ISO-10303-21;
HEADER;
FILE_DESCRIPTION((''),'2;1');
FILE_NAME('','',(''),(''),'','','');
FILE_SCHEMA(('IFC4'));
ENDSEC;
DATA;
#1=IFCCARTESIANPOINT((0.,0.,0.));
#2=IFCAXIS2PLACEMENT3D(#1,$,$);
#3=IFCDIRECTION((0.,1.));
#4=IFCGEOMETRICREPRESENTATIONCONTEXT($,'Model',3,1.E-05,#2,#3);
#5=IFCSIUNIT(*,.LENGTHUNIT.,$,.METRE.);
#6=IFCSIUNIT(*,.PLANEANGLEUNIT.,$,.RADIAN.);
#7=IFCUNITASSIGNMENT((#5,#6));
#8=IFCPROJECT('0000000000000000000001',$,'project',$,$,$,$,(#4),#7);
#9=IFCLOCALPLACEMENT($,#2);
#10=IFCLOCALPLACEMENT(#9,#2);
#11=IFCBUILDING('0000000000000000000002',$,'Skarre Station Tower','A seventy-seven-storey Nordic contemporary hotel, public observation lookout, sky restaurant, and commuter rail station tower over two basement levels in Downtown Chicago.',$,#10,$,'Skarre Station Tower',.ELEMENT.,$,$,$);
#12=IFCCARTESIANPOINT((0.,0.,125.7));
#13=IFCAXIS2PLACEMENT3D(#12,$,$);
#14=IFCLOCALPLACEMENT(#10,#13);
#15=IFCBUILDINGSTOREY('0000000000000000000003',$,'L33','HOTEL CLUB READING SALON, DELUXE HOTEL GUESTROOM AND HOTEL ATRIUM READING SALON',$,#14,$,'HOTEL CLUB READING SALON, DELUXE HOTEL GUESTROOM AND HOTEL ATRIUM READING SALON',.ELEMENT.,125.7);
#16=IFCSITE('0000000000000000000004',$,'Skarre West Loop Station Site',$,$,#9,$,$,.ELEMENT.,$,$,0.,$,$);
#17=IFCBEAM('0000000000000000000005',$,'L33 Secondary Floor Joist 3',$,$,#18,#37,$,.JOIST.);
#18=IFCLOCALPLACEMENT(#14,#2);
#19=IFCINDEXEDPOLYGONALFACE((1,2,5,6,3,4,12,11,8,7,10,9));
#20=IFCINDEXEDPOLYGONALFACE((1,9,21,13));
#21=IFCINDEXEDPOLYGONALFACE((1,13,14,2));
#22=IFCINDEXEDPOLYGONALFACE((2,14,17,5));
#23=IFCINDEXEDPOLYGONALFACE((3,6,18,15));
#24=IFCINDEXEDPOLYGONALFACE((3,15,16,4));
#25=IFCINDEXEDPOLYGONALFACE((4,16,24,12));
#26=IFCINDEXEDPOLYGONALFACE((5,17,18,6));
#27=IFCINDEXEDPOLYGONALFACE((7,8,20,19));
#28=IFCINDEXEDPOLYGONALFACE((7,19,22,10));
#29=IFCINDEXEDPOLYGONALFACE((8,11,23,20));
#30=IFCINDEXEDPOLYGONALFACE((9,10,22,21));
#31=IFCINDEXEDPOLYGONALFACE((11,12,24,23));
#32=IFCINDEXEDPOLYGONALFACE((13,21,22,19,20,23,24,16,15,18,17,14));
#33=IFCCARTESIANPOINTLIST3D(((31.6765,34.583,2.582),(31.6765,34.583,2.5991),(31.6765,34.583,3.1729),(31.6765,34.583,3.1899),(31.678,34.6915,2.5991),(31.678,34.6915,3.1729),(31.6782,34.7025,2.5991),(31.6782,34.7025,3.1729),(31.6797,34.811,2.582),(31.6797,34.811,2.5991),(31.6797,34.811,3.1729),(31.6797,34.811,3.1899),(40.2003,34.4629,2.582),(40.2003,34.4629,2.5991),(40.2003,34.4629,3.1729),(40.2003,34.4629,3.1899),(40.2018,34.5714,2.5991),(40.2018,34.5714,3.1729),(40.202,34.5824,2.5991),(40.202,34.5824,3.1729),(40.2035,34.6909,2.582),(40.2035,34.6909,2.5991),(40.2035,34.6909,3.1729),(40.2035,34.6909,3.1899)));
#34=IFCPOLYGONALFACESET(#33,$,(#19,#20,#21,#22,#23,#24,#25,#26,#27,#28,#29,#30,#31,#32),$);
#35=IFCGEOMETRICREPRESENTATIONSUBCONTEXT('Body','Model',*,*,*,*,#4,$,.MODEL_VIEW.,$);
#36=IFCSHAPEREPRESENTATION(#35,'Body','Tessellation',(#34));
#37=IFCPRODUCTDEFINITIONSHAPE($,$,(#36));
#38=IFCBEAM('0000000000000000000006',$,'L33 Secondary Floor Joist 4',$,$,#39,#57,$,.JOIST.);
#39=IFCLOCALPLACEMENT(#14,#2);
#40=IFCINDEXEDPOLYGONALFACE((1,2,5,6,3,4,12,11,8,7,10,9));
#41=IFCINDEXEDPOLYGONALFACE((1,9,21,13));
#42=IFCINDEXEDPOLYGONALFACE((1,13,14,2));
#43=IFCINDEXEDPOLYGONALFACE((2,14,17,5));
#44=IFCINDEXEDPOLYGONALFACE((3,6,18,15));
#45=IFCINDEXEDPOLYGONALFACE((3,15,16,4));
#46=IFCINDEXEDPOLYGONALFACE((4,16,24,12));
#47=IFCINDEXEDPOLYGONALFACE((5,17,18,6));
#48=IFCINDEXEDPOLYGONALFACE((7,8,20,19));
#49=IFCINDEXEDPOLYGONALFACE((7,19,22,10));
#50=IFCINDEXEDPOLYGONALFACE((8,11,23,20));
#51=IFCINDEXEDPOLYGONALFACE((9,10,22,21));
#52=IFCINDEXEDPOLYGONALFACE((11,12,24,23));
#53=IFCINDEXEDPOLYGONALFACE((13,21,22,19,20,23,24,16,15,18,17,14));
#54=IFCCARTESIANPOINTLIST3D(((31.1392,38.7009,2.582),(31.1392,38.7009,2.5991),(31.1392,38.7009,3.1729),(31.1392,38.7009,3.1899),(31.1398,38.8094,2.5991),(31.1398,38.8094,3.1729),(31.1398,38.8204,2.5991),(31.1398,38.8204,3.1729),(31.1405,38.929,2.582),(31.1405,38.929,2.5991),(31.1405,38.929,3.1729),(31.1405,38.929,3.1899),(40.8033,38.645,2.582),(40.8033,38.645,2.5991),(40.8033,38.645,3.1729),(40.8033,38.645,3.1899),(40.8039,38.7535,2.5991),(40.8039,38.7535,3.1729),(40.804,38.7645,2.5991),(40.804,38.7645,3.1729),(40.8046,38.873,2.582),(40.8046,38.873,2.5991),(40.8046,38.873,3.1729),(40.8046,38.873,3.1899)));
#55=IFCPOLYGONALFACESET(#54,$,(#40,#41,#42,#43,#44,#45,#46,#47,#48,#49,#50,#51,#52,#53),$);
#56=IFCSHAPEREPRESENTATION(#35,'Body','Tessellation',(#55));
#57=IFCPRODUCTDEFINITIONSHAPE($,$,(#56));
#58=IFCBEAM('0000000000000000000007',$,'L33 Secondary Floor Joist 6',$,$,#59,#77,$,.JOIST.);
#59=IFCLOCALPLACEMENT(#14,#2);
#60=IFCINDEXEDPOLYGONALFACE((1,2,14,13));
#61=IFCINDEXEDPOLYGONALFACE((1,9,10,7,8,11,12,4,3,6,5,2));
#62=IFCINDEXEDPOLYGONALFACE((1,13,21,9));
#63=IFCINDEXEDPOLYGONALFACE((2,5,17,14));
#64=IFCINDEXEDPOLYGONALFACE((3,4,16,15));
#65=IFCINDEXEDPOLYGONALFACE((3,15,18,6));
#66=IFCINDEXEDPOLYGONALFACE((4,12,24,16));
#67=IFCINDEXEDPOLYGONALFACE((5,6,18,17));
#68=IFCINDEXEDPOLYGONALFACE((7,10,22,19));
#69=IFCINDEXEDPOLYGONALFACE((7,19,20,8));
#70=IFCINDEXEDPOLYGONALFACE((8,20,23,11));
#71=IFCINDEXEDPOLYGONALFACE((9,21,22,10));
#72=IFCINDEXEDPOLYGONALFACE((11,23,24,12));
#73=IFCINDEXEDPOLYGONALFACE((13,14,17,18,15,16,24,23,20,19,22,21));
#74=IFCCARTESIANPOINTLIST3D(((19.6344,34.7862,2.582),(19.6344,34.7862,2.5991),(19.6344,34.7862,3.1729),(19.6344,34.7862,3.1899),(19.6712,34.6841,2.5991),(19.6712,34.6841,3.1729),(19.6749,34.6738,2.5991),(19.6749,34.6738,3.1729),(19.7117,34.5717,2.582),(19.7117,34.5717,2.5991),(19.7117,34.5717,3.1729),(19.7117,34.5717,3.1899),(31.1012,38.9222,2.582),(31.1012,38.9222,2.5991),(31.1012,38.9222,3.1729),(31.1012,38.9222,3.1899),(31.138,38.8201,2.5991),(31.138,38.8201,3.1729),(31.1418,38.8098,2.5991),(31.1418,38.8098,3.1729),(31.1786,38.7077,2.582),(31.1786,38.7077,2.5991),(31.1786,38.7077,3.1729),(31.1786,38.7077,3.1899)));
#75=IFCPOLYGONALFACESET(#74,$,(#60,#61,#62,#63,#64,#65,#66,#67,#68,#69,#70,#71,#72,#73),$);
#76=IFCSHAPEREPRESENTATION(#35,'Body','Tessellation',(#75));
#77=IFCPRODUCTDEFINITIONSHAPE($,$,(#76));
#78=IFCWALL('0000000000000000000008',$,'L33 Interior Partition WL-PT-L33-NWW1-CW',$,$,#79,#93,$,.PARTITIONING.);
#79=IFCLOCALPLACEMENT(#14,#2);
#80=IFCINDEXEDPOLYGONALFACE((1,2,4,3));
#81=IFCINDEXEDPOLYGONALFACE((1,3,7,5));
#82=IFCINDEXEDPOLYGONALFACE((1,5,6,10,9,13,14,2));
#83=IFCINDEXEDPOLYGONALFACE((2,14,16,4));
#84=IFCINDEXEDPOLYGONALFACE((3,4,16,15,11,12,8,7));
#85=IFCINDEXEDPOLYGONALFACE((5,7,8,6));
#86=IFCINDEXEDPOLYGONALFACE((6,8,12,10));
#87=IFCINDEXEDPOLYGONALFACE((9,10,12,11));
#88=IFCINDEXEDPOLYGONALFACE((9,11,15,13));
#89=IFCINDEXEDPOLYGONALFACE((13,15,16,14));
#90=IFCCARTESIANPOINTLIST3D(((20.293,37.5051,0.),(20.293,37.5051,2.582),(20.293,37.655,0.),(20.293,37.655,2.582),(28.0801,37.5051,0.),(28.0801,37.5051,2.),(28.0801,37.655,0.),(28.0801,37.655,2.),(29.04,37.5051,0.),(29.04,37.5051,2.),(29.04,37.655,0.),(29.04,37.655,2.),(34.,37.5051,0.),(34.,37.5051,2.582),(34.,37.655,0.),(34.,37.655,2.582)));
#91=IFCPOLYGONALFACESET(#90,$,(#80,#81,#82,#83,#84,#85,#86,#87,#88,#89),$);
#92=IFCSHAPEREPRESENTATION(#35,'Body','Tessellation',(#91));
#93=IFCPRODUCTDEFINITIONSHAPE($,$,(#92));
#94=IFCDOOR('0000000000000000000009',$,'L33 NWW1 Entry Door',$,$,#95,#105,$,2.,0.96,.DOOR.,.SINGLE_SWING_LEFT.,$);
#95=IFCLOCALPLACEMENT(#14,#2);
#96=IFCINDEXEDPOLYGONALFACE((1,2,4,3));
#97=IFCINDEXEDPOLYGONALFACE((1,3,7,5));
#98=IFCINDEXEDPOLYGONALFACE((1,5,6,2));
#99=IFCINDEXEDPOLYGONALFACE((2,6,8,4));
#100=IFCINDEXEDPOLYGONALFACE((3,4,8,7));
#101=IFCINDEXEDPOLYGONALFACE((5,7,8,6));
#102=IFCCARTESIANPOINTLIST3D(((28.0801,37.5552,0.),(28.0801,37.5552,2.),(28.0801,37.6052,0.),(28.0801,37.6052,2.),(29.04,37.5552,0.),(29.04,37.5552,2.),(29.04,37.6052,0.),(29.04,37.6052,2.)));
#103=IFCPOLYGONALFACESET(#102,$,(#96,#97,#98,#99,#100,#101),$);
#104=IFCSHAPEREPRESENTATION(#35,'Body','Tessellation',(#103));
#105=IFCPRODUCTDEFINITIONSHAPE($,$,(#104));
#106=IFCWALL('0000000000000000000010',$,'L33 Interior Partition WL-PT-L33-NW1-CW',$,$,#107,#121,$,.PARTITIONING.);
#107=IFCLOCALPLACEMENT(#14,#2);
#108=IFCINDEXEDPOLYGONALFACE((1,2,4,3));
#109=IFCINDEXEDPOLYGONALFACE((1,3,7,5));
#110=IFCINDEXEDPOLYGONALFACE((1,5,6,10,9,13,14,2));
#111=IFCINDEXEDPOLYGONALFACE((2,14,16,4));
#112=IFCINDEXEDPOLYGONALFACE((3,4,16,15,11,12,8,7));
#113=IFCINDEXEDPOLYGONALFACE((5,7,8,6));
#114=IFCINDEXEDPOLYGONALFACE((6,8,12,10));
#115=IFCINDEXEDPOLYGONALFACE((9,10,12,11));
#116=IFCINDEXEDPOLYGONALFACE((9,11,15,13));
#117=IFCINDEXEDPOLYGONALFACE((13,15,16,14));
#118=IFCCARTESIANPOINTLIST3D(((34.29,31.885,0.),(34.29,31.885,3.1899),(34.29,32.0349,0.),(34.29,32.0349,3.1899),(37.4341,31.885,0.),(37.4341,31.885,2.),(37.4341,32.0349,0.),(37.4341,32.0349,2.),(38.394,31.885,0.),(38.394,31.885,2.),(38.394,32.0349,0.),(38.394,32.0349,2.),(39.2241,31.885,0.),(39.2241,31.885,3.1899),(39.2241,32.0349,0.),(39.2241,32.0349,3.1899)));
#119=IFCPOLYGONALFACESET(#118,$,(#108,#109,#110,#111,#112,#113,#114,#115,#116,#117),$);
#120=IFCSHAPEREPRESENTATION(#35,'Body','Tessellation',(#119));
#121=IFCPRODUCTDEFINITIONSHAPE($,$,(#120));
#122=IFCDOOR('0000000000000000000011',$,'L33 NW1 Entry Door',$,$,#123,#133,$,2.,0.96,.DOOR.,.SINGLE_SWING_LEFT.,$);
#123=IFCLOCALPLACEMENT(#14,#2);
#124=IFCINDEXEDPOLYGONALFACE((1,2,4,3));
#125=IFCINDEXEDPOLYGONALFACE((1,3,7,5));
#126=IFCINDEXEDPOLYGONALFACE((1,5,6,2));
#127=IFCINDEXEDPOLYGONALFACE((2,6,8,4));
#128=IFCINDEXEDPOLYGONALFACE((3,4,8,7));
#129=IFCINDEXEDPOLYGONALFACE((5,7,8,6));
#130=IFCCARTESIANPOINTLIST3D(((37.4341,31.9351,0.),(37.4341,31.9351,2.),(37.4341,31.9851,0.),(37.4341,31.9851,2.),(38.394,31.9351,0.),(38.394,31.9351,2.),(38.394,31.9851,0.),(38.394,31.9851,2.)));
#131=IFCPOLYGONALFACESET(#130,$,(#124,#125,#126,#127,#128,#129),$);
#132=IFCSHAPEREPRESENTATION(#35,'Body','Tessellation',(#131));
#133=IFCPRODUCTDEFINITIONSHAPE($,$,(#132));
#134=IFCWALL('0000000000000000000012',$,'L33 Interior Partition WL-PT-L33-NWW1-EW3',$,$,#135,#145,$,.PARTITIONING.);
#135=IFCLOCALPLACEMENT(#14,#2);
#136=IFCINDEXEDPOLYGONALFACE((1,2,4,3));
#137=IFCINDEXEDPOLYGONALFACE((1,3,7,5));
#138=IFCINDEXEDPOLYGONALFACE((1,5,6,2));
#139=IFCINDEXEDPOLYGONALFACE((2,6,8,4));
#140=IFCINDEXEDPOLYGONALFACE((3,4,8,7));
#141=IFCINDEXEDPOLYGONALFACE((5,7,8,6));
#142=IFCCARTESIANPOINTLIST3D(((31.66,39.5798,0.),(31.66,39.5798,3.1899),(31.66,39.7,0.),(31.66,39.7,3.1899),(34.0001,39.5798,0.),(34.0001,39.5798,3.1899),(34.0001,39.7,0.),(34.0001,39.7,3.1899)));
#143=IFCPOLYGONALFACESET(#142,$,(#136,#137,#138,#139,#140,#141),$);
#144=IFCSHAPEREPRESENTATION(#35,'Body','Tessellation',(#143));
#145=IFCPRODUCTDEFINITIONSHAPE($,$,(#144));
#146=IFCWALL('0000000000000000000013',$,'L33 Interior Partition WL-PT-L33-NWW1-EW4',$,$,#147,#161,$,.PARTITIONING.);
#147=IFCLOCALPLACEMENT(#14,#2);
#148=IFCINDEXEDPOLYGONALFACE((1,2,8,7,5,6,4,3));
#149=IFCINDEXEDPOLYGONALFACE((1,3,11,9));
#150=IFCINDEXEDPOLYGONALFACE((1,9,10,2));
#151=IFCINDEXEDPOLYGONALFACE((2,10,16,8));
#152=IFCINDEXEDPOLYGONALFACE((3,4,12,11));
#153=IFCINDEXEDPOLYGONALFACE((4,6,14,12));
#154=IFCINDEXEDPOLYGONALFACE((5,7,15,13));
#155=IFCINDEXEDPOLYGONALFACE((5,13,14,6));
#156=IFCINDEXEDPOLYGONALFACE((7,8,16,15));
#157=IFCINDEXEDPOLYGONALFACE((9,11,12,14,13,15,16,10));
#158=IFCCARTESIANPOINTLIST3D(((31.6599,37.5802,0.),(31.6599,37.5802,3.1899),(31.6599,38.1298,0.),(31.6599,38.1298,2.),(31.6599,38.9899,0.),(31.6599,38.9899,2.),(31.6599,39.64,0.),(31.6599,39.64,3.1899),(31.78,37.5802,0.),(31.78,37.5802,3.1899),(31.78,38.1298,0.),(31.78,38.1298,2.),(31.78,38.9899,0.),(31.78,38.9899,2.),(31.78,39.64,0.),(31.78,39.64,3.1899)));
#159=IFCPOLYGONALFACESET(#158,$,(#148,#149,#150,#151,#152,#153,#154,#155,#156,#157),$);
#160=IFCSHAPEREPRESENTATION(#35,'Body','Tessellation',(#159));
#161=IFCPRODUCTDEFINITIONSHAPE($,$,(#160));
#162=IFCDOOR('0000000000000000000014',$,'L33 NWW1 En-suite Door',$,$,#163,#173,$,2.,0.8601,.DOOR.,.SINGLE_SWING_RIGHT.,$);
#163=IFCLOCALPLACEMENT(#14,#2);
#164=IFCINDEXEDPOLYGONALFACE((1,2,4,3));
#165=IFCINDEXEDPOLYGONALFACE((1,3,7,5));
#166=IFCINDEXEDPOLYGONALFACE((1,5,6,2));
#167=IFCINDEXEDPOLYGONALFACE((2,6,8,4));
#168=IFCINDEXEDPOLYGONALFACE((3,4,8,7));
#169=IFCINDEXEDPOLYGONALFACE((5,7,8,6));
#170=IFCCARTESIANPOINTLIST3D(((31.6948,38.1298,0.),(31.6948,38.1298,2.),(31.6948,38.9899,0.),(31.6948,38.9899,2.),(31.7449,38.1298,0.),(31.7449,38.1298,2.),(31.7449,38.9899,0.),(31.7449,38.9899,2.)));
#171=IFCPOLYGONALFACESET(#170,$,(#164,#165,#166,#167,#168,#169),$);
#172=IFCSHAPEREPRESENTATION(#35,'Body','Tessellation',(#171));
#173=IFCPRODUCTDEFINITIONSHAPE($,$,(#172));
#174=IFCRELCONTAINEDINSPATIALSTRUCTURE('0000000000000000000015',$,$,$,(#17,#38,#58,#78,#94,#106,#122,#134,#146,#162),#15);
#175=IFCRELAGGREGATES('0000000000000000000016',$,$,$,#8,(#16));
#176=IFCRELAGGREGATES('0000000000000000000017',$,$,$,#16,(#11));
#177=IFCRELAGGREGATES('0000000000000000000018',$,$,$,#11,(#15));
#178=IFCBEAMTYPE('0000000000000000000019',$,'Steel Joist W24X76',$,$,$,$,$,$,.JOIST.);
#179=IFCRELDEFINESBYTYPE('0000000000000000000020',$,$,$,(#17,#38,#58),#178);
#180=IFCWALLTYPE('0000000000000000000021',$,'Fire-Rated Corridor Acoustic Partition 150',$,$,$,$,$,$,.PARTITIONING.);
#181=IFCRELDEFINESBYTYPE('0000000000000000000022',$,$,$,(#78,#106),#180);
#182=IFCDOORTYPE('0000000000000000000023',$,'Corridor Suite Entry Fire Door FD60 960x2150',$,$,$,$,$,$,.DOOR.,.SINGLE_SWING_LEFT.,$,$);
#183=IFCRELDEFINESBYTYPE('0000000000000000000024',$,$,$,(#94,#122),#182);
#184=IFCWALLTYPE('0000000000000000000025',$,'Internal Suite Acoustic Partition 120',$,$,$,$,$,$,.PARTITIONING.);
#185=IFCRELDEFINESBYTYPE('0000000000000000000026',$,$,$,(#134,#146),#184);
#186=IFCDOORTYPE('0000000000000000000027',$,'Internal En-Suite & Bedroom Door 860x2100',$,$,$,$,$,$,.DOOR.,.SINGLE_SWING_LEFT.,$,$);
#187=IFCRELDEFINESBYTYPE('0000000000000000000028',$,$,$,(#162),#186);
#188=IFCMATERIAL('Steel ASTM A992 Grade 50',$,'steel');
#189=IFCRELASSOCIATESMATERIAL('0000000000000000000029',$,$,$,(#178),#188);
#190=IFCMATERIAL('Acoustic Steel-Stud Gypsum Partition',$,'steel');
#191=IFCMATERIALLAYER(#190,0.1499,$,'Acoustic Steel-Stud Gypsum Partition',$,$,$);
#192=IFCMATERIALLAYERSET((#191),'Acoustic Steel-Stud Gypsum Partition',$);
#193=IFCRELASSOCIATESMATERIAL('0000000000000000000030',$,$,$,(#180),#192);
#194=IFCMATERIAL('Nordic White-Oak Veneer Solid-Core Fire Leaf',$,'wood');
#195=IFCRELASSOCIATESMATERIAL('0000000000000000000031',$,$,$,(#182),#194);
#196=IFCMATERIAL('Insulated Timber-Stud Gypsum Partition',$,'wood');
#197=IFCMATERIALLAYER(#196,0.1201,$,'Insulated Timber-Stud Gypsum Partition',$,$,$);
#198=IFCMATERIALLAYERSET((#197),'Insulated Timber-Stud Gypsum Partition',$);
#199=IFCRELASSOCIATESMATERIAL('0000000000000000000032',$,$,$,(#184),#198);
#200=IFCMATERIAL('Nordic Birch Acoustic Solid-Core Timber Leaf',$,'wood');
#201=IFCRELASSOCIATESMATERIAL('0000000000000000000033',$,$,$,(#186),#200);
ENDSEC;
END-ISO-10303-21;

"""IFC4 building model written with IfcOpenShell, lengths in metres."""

from ifc_helpers import new_model, si_unit, direction, frame, frame_2d, origin, origin_2d, place, context, subcontext, project, spatial, rectangle, i_section, extrude, material, layer, layer_set, material_profile, profile_set, type_object, element, fill, save


model = new_model("IFC4")

# Units and contexts
model_context = context("Model", 3, precision=1e-05, world=origin(), true_north=direction((0.0, 1.0)))
body_context = subcontext(model_context, "Body", "Model", "MODEL_VIEW")
ifc_project = project(units=[si_unit("LENGTHUNIT", "METRE"), si_unit("PLANEANGLEUNIT", "RADIAN")], contexts=[model_context])

# Site, building, storey
site_placement = place(None, origin())
site = spatial("IfcSite", under=ifc_project, at=site_placement, Name="Skarre West Loop Station Site", CompositionType="ELEMENT", RefElevation=0.0)
building_placement = place(site_placement, origin())
building = spatial("IfcBuilding", under=site, at=building_placement, Name="Skarre Station Tower", Description="A seventy-seven-storey Nordic contemporary hotel, public observation lookout, sky restaurant, and commuter rail station tower over two basement levels in Downtown Chicago.", LongName="Skarre Station Tower", CompositionType="ELEMENT")
storey_placement = place(building_placement, frame((0.0, 0.0, 125.7)))
storey = spatial("IfcBuildingStorey", under=building, at=storey_placement, Name="L33", Description="HOTEL CLUB READING SALON, DELUXE HOTEL GUESTROOM AND HOTEL ATRIUM READING SALON", LongName="HOTEL CLUB READING SALON, DELUXE HOTEL GUESTROOM AND HOTEL ATRIUM READING SALON", CompositionType="ELEMENT", Elevation=125.7)

# Beams
ifc_material_1 = material(Name="Steel ASTM A992 Grade 50", Category="steel")
ifc_material_profile = material_profile(ifc_material_1, i_section(OverallWidth=0.228, OverallDepth=0.6079, WebThickness=0.011, FlangeThickness=0.0171, at=origin_2d()), Name="Steel ASTM A992 Grade 50")
ifc_profile_set = profile_set([ifc_material_profile], Name="Steel ASTM A992 Grade 50")
beam_type = type_object("IfcBeamType", Name="Steel Joist W24X76", PredefinedType="JOIST", material=ifc_profile_set)
beam_1_placement = place(storey_placement, frame((40.2019, 34.5769, 2.886), z_axis=(-0.999901, 0.01409, 0.0), x_axis=(-0.01409, -0.999901, 0.0)))
element("IfcBeam", 1, at=beam_1_placement, inside=storey, type_object=beam_type, Name="L33 Secondary Floor Joist 3", PredefinedType="JOIST", context=body_context, shape_type="SweptSolid", body=[
    extrude(i_section(OverallWidth=0.228, OverallDepth=0.6079, WebThickness=0.011, FlangeThickness=0.0171, at=origin_2d()), origin(), (0.0, 0.0, 1.0), 8.5247),
])
beam_2_placement = place(storey_placement, frame((40.804, 38.759, 2.886), z_axis=(-0.999983, 0.005785, 0.0), x_axis=(-0.005785, -0.999983, 0.0)))
element("IfcBeam", 2, at=beam_2_placement, inside=storey, type_object=beam_type, Name="L33 Secondary Floor Joist 4", PredefinedType="JOIST", context=body_context, shape_type="SweptSolid", body=[
    extrude(i_section(OverallWidth=0.228, OverallDepth=0.6079, WebThickness=0.011, FlangeThickness=0.0171, at=origin_2d()), origin(), (0.0, 0.0, 1.0), 9.6643),
])
beam_3_placement = place(storey_placement, frame((31.1399, 38.8149, 2.886), z_axis=(-0.94068, -0.339296, 0.0), x_axis=(0.339296, -0.94068, 0.0)))
element("IfcBeam", 3, at=beam_3_placement, inside=storey, type_object=beam_type, Name="L33 Secondary Floor Joist 6", PredefinedType="JOIST", context=body_context, shape_type="SweptSolid", body=[
    extrude(i_section(OverallWidth=0.228, OverallDepth=0.6079, WebThickness=0.011, FlangeThickness=0.0171, at=origin_2d()), origin(), (0.0, 0.0, 1.0), 12.1899),
])

# Walls, openings, doors
ifc_material_2 = material(Name="Acoustic Steel-Stud Gypsum Partition", Category="steel")
ifc_layer_1 = layer(ifc_material_2, 0.1499, Name="Acoustic Steel-Stud Gypsum Partition")
ifc_layer_set_1 = layer_set([ifc_layer_1], Name="Acoustic Steel-Stud Gypsum Partition")
wall_type_1 = type_object("IfcWallType", Name="Fire-Rated Corridor Acoustic Partition 150", PredefinedType="PARTITIONING", material=ifc_layer_set_1)
wall_1_placement = place(storey_placement, frame((34.0, 37.5801, 0.0), z_axis=(0.0, 0.0, 1.0), x_axis=(-1.0, 0.0, 0.0)))
wall_1 = element("IfcWall", 4, at=wall_1_placement, inside=storey, type_object=wall_type_1, Name="L33 Interior Partition WL-PT-L33-NWW1-CW", PredefinedType="PARTITIONING", context=body_context, shape_type="SweptSolid", body=[
    extrude(rectangle(XDim=13.707, YDim=0.1499, at=frame_2d((6.8535, 0.0))), origin(), (0.0, 0.0, 1.0), 2.582),
])
opening_1_placement = place(wall_1_placement, frame((4.96, 0.0, 0.0)))
opening_1 = element("IfcOpeningElement", 5, at=opening_1_placement, cuts=wall_1, PredefinedType="OPENING", context=body_context, shape_type="SweptSolid", body=[
    extrude(rectangle(XDim=0.96, YDim=2.0, at=frame_2d((0.48, 1.0))), frame((0.0, 0.085, 0.0), z_axis=(0.0, -1.0, 0.0), x_axis=(1.0, 0.0, 0.0)), (0.0, 0.0, 1.0), 0.1699),
])
ifc_material_3 = material(Name="Nordic White-Oak Veneer Solid-Core Fire Leaf", Category="wood")
door_type_1 = type_object("IfcDoorType", Name="Corridor Suite Entry Fire Door FD60 960x2150", OperationType="SINGLE_SWING_LEFT", PredefinedType="DOOR", material=ifc_material_3)
door_1_placement = place(opening_1_placement, origin())
door_1 = element("IfcDoor", 6, at=door_1_placement, inside=storey, type_object=door_type_1, Name="L33 NWW1 Entry Door", OperationType="SINGLE_SWING_LEFT", OverallHeight=2.0, OverallWidth=0.96, PredefinedType="DOOR", context=body_context, shape_type="SweptSolid", body=[
    extrude(rectangle(XDim=0.96, YDim=2.0, at=frame_2d((0.48, 1.0))), frame((0.0, 0.0249, 0.0), z_axis=(0.0, -1.0, 0.0), x_axis=(1.0, 0.0, 0.0)), (0.0, 0.0, 1.0), 0.05),
])
fill(opening_1, door_1)
wall_2_placement = place(storey_placement, frame((39.2241, 31.96, 0.0), z_axis=(0.0, 0.0, 1.0), x_axis=(-1.0, 0.0, 0.0)))
wall_2 = element("IfcWall", 7, at=wall_2_placement, inside=storey, type_object=wall_type_1, Name="L33 Interior Partition WL-PT-L33-NW1-CW", PredefinedType="PARTITIONING", context=body_context, shape_type="SweptSolid", body=[
    extrude(rectangle(XDim=4.9341, YDim=0.1499, at=frame_2d((2.467, 0.0))), origin(), (0.0, 0.0, 1.0), 3.1899),
])
opening_2_placement = place(wall_2_placement, frame((0.8301, 0.0, 0.0)))
opening_2 = element("IfcOpeningElement", 8, at=opening_2_placement, cuts=wall_2, PredefinedType="OPENING", context=body_context, shape_type="SweptSolid", body=[
    extrude(rectangle(XDim=0.96, YDim=2.0, at=frame_2d((0.48, 1.0))), frame((0.0, 0.085, 0.0), z_axis=(0.0, -1.0, 0.0), x_axis=(1.0, 0.0, 0.0)), (0.0, 0.0, 1.0), 0.1699),
])
door_2_placement = place(opening_2_placement, origin())
door_2 = element("IfcDoor", 9, at=door_2_placement, inside=storey, type_object=door_type_1, Name="L33 NW1 Entry Door", OperationType="SINGLE_SWING_LEFT", OverallHeight=2.0, OverallWidth=0.96, PredefinedType="DOOR", context=body_context, shape_type="SweptSolid", body=[
    extrude(rectangle(XDim=0.96, YDim=2.0, at=frame_2d((0.48, 1.0))), frame((0.0, 0.0249, 0.0), z_axis=(0.0, -1.0, 0.0), x_axis=(1.0, 0.0, 0.0)), (0.0, 0.0, 1.0), 0.05),
])
fill(opening_2, door_2)

# Wall
ifc_material_4 = material(Name="Insulated Timber-Stud Gypsum Partition", Category="wood")
ifc_layer_2 = layer(ifc_material_4, 0.1201, Name="Insulated Timber-Stud Gypsum Partition")
ifc_layer_set_2 = layer_set([ifc_layer_2], Name="Insulated Timber-Stud Gypsum Partition")
wall_type_2 = type_object("IfcWallType", Name="Internal Suite Acoustic Partition 120", PredefinedType="PARTITIONING", material=ifc_layer_set_2)
wall_3_placement = place(storey_placement, frame((34.0, 39.6399, 0.0), z_axis=(0.0, 0.0, 1.0), x_axis=(-1.0, 0.0, 0.0)))
element("IfcWall", 10, at=wall_3_placement, inside=storey, type_object=wall_type_2, Name="L33 Interior Partition WL-PT-L33-NWW1-EW3", PredefinedType="PARTITIONING", context=body_context, shape_type="SweptSolid", body=[
    extrude(rectangle(XDim=2.3401, YDim=0.1201, at=frame_2d((1.1699, 0.0))), origin(), (0.0, 0.0, 1.0), 3.1899),
])

# Wall, opening, door
wall_4_placement = place(storey_placement, frame((31.72, 39.6399, 0.0), z_axis=(0.0, 0.0, 1.0), x_axis=(0.0, -1.0, 0.0)))
wall_4 = element("IfcWall", 11, at=wall_4_placement, inside=storey, type_object=wall_type_2, Name="L33 Interior Partition WL-PT-L33-NWW1-EW4", PredefinedType="PARTITIONING", context=body_context, shape_type="SweptSolid", body=[
    extrude(rectangle(XDim=2.0598, YDim=0.1201, at=frame_2d((1.0298, 0.0))), origin(), (0.0, 0.0, 1.0), 3.1899),
])
opening_3_placement = place(wall_4_placement, frame((0.6499, 0.0, 0.0)))
opening_3 = element("IfcOpeningElement", 12, at=opening_3_placement, cuts=wall_4, PredefinedType="OPENING", context=body_context, shape_type="SweptSolid", body=[
    extrude(rectangle(XDim=0.8601, YDim=2.0, at=frame_2d((0.4302, 1.0))), frame((0.0, 0.0701, 0.0), z_axis=(0.0, -1.0, 0.0), x_axis=(1.0, 0.0, 0.0)), (0.0, 0.0, 1.0), 0.1401),
])
ifc_material_5 = material(Name="Nordic Birch Acoustic Solid-Core Timber Leaf", Category="wood")
door_type_2 = type_object("IfcDoorType", Name="Internal En-Suite & Bedroom Door 860x2100", OperationType="SINGLE_SWING_LEFT", PredefinedType="DOOR", material=ifc_material_5)
door_3_placement = place(opening_3_placement, origin())
door_3 = element("IfcDoor", 13, at=door_3_placement, inside=storey, type_object=door_type_2, Name="L33 NWW1 En-suite Door", OperationType="SINGLE_SWING_RIGHT", OverallHeight=2.0, OverallWidth=0.8601, PredefinedType="DOOR", context=body_context, shape_type="SweptSolid", body=[
    extrude(rectangle(XDim=0.8601, YDim=2.0, at=frame_2d((0.4302, 1.0))), frame((0.0, 0.0249, 0.0), z_axis=(0.0, -1.0, 0.0), x_axis=(1.0, 0.0, 0.0)), (0.0, 0.0, 1.0), 0.05),
])
fill(opening_3, door_3)

save(model, "model.ifc")
